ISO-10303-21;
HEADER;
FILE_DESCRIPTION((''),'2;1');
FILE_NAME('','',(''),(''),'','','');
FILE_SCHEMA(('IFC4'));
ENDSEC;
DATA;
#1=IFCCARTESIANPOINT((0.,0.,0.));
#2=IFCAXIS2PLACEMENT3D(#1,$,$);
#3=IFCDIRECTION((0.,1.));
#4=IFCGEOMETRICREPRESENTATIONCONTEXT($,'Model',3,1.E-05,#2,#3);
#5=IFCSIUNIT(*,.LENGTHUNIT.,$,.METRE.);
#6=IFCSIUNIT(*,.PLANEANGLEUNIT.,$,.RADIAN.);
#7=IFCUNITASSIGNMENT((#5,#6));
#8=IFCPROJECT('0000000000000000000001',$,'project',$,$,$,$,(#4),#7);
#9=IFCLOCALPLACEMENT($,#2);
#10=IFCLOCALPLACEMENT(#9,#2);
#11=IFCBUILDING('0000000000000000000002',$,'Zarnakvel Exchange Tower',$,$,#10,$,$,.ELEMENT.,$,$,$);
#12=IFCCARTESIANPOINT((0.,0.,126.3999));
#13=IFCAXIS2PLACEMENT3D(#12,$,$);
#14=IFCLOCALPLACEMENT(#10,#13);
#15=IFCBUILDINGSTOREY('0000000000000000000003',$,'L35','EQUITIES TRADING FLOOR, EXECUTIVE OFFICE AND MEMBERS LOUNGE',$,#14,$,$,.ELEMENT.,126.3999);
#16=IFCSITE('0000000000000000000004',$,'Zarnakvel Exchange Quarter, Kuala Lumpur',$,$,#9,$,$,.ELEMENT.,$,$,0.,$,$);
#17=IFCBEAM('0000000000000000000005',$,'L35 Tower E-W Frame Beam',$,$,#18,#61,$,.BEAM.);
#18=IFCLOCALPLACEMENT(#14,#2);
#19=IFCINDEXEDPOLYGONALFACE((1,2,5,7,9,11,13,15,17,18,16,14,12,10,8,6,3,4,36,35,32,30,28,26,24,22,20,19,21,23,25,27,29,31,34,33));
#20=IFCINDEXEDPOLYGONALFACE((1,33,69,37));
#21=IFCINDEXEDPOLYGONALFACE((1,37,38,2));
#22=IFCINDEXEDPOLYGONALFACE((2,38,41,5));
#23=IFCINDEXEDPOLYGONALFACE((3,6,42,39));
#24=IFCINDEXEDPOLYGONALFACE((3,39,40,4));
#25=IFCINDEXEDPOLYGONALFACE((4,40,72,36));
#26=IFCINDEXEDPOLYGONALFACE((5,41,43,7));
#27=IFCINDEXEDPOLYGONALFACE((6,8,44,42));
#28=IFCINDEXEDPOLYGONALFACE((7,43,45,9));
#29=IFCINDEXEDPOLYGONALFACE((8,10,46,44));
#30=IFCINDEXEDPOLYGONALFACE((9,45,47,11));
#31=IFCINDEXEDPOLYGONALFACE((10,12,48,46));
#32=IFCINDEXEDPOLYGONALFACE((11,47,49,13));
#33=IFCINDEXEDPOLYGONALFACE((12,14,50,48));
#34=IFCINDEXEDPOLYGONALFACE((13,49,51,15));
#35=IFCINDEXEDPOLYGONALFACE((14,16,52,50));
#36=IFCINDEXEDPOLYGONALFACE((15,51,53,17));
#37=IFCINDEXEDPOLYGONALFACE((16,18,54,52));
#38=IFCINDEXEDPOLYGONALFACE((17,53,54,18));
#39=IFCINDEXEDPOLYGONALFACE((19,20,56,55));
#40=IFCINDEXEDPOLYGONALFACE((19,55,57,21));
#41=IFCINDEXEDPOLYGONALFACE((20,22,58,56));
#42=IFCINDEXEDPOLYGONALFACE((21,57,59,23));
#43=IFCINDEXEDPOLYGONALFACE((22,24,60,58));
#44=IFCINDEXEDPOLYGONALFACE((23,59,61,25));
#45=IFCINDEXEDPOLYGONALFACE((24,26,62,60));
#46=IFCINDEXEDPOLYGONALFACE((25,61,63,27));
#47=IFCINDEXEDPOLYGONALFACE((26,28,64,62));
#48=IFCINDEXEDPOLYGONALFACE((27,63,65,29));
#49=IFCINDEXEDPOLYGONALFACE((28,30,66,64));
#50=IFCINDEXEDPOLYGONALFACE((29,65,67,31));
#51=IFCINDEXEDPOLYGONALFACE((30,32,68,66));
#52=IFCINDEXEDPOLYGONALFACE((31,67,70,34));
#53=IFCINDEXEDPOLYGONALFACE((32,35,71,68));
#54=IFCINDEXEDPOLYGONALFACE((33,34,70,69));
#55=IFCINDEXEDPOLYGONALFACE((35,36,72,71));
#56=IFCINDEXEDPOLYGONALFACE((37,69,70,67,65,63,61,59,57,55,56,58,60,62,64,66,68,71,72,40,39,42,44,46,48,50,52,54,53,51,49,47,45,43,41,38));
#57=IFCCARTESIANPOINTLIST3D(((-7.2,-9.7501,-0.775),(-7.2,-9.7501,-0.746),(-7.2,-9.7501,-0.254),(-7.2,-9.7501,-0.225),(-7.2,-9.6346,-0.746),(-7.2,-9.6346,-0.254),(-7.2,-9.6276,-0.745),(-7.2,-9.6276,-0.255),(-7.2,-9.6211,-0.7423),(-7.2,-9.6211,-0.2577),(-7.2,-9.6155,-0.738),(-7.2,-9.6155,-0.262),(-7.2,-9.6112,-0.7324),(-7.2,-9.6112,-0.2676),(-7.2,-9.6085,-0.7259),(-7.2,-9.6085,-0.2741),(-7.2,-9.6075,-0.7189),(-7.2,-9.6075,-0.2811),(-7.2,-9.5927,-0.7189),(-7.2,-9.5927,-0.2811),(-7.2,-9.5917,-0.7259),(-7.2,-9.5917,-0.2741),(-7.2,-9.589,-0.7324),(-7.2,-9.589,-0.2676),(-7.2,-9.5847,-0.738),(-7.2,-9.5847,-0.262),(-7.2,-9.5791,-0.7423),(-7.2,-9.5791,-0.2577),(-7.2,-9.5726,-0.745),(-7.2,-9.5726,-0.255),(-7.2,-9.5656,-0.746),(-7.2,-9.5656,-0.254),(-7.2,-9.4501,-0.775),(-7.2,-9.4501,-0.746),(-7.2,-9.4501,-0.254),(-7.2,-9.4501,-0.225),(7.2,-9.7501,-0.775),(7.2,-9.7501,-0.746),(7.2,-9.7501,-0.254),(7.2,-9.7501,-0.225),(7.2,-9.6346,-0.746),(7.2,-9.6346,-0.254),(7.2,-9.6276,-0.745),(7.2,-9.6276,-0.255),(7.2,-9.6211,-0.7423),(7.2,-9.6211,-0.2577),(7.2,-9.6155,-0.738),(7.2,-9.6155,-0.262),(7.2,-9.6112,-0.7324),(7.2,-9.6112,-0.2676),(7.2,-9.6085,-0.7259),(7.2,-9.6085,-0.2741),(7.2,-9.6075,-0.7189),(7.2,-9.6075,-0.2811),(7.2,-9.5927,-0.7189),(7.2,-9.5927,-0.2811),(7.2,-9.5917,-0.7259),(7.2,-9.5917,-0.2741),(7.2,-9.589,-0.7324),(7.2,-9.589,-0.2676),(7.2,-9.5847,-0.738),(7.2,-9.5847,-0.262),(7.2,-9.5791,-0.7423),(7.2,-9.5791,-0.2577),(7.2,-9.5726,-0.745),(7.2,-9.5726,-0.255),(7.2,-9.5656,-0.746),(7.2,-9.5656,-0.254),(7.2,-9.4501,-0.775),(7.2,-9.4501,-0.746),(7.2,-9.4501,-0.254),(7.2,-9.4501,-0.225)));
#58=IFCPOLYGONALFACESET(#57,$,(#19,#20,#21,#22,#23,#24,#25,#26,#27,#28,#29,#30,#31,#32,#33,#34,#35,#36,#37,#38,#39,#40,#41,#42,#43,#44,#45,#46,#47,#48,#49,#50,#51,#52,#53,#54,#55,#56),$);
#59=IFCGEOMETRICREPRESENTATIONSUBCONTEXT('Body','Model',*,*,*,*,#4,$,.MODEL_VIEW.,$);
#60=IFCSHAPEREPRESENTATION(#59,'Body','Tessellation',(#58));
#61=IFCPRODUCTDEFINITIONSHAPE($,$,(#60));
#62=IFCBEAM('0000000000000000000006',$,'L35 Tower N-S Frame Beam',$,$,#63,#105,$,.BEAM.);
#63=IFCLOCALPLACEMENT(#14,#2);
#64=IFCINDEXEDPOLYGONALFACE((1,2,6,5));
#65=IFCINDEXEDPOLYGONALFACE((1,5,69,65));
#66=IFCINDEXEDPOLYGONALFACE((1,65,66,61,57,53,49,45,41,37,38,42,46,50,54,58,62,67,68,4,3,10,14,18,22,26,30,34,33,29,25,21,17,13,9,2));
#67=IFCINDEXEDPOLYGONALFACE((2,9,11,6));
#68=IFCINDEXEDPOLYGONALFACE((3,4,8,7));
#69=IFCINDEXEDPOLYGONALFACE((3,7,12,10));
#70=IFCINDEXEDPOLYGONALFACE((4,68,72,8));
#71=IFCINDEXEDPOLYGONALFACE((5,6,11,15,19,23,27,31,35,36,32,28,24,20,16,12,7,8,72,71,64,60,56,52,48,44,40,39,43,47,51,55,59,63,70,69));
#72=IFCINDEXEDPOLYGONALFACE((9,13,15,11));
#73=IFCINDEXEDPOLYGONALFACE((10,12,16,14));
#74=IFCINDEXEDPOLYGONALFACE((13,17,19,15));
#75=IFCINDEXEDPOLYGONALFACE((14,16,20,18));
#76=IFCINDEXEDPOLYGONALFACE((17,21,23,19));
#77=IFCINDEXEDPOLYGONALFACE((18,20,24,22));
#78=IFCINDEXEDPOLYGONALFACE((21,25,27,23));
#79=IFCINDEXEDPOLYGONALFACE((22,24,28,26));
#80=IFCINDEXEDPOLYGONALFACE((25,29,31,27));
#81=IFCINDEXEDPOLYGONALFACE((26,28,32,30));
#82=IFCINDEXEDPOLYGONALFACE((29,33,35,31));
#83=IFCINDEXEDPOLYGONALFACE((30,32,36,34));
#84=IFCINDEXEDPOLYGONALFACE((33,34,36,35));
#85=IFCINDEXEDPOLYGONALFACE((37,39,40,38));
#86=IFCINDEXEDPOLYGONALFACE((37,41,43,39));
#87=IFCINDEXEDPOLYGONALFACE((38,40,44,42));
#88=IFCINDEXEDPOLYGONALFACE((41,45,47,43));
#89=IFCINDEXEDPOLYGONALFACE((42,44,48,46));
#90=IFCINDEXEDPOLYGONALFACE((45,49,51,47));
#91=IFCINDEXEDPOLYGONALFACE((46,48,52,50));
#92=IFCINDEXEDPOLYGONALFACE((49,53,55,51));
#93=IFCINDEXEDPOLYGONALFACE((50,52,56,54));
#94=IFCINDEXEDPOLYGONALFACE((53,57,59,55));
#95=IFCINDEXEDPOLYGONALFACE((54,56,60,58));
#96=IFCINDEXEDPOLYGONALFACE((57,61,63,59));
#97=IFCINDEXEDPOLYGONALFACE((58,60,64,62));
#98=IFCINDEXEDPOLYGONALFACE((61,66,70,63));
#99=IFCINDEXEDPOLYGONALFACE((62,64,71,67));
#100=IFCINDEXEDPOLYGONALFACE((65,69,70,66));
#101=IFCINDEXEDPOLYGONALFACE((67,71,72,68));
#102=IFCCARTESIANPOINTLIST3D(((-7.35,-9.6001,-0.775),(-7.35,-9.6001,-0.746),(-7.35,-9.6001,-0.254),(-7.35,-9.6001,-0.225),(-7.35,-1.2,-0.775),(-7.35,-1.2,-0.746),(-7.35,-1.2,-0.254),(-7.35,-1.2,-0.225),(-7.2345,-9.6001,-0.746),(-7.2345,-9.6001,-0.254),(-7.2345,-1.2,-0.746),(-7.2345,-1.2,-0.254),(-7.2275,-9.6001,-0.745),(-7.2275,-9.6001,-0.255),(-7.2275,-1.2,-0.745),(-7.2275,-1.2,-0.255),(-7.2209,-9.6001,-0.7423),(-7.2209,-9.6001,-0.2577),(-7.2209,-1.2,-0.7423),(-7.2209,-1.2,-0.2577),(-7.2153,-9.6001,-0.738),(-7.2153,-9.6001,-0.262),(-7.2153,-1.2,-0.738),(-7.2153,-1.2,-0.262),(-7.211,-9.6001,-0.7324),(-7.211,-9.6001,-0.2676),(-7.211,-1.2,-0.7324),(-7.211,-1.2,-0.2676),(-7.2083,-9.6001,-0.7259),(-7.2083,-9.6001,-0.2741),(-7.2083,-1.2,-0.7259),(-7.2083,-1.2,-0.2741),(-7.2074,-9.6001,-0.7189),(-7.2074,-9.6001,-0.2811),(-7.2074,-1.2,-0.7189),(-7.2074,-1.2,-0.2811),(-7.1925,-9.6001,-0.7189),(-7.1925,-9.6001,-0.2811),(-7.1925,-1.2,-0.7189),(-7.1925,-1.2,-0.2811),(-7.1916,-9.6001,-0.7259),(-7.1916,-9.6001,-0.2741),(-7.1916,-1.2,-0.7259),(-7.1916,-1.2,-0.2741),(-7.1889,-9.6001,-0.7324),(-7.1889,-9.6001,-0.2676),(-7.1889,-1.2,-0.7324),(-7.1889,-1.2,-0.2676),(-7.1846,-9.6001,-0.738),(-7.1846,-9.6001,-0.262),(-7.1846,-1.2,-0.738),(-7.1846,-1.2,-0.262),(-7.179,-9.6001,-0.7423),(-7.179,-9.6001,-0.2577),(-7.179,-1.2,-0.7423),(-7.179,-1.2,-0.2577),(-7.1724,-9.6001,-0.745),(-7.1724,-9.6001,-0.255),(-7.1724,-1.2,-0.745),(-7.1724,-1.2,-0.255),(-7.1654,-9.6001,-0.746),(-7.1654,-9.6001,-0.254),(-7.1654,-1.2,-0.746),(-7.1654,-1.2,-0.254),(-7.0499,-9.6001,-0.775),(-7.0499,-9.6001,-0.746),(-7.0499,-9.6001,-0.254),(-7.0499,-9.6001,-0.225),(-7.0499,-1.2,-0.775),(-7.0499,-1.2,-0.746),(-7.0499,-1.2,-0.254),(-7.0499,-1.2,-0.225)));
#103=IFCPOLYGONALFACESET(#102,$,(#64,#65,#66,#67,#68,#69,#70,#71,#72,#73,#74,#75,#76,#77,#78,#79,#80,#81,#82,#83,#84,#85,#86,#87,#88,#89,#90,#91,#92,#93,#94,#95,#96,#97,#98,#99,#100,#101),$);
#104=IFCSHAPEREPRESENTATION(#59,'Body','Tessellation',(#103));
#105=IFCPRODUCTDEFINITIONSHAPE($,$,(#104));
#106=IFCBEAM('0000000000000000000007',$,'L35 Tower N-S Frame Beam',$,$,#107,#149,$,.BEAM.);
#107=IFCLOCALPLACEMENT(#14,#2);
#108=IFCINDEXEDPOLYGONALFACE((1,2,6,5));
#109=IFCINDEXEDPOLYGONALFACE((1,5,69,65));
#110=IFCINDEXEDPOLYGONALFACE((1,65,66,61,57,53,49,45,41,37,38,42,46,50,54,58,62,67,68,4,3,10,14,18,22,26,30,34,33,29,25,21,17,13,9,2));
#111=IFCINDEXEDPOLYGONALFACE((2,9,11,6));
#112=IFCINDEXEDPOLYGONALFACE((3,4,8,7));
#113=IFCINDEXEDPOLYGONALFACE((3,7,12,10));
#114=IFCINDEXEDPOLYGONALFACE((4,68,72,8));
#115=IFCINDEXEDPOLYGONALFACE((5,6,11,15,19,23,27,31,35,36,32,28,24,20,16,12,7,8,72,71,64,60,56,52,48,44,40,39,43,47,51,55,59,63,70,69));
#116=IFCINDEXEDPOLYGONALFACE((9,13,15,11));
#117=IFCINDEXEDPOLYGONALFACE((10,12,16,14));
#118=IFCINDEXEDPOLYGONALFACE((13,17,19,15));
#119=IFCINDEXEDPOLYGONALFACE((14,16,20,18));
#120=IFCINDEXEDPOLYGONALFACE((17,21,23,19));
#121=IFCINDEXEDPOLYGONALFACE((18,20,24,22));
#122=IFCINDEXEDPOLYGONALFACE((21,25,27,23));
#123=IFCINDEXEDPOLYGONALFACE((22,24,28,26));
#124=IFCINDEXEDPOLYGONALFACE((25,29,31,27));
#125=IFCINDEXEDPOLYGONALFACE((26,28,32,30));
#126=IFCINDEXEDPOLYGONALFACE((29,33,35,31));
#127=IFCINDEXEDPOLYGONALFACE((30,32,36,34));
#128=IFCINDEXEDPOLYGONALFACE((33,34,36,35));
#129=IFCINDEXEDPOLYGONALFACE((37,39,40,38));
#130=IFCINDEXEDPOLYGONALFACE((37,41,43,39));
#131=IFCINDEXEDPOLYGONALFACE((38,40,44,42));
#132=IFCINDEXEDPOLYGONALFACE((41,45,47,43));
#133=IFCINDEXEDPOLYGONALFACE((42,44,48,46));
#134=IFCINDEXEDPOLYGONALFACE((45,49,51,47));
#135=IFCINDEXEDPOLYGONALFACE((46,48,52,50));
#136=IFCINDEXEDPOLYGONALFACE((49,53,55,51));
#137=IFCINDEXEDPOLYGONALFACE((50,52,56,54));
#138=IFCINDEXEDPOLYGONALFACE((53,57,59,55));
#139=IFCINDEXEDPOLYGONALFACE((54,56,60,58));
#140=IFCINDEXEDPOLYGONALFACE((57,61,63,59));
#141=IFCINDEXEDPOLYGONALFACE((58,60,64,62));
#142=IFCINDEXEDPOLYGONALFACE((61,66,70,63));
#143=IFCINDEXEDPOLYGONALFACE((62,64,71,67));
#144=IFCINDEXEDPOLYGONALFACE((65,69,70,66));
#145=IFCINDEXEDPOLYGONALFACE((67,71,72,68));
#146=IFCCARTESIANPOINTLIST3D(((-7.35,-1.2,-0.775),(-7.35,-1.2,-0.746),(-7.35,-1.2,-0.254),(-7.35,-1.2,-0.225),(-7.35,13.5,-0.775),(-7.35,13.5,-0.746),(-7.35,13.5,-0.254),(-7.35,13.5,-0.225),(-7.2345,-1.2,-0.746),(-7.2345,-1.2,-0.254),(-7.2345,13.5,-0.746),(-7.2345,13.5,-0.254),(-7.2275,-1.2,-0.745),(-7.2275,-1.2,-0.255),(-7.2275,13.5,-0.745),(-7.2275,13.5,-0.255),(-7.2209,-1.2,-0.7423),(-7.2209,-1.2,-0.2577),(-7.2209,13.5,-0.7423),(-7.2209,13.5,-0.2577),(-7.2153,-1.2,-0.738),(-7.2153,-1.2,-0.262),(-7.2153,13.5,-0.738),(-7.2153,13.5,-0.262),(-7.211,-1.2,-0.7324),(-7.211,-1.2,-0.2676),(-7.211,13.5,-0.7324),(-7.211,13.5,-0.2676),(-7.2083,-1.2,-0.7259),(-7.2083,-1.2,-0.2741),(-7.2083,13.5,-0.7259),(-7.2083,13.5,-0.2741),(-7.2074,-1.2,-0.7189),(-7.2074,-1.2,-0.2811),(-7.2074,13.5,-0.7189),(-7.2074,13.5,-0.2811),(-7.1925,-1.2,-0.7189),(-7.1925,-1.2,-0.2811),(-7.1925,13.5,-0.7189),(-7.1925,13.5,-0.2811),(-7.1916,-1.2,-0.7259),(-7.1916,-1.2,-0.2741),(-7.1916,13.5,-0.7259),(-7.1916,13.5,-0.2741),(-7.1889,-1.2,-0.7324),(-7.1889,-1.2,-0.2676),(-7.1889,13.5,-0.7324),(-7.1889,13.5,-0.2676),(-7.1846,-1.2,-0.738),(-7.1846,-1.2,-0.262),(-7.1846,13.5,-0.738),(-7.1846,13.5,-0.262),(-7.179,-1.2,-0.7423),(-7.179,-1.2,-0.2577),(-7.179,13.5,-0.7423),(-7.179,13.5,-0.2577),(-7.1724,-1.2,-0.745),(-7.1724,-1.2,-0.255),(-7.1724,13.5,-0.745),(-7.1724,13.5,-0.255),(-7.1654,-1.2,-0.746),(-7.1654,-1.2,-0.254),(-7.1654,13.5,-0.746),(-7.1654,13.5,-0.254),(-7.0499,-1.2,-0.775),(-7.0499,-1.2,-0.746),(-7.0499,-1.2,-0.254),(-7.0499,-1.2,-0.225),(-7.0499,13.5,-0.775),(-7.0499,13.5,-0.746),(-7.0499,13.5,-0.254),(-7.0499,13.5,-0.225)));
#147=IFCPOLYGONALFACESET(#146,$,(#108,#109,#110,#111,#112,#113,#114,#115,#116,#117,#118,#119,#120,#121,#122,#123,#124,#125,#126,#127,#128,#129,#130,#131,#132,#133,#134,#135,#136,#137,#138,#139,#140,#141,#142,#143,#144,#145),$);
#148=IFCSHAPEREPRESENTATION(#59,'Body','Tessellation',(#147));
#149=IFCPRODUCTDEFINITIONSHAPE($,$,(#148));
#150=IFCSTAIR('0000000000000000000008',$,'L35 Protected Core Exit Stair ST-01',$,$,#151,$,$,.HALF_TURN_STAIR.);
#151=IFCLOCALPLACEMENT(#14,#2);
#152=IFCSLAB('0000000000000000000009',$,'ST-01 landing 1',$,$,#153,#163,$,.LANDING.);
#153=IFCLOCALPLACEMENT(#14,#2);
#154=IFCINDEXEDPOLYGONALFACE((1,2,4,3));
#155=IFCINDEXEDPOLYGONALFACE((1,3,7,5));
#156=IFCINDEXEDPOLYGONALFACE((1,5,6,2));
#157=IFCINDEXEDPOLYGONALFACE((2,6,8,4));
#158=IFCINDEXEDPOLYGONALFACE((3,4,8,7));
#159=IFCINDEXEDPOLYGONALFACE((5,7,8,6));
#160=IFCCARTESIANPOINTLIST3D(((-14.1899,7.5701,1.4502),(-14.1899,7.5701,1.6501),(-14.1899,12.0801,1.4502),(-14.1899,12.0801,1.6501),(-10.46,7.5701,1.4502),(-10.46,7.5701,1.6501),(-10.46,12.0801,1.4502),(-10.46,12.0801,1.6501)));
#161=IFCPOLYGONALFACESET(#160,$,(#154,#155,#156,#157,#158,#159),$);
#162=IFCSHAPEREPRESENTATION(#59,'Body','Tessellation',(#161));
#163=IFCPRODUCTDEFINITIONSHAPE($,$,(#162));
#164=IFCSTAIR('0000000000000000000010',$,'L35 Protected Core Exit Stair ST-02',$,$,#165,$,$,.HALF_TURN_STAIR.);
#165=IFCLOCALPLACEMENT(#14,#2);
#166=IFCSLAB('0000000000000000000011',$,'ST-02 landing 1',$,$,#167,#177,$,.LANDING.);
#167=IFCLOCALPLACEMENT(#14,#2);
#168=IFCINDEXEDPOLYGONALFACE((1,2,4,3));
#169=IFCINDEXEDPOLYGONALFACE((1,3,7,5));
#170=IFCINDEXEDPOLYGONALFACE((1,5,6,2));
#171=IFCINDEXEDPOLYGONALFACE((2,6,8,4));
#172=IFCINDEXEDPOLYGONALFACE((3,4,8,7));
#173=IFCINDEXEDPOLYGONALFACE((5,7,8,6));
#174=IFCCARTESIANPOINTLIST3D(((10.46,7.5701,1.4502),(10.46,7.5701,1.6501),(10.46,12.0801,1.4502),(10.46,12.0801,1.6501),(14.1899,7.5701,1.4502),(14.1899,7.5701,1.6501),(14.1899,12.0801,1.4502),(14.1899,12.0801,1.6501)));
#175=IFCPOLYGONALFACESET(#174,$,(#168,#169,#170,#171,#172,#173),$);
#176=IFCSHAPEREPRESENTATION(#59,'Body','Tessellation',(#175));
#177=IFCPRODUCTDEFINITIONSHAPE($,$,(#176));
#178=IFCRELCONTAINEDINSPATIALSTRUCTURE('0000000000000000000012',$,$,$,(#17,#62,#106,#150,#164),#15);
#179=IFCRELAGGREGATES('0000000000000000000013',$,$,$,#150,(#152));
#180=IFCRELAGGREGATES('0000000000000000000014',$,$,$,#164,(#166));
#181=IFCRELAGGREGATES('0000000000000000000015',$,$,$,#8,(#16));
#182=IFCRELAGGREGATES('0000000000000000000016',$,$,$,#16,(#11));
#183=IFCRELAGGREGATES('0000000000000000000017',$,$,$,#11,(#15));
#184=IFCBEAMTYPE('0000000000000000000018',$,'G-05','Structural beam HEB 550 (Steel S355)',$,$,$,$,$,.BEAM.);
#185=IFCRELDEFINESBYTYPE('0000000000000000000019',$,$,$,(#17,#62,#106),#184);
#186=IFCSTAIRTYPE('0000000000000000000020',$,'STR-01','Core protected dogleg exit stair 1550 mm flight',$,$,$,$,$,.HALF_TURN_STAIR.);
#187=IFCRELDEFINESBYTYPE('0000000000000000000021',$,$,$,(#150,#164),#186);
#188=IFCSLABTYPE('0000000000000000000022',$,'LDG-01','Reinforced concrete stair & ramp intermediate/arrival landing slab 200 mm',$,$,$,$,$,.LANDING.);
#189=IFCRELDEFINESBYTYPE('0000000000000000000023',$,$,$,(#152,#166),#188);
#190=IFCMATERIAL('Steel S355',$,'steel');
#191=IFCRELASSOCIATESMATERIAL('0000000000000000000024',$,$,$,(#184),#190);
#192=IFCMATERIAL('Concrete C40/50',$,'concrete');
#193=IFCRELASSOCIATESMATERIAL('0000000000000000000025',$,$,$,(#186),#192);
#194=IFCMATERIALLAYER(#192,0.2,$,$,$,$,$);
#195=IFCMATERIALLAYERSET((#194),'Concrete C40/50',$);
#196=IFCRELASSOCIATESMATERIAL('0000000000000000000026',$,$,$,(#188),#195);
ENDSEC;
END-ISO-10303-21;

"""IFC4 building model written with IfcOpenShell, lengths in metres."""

from ifc_helpers import new_model, si_unit, direction, frame, origin, origin_2d, place, context, subcontext, project, spatial, polyline, i_section, outline, extrude, material, layer, layer_set, material_profile, profile_set, type_object, element, aggregate, save


model = new_model("IFC4")

# Units and contexts
model_context = context("Model", 3, precision=1e-05, world=origin(), true_north=direction((0.0, 1.0)))
body_context = subcontext(model_context, "Body", "Model", "MODEL_VIEW")
ifc_project = project(units=[si_unit("LENGTHUNIT", "METRE"), si_unit("PLANEANGLEUNIT", "RADIAN")], contexts=[model_context])

# Site, building, storey
site_placement = place(None, origin())
site = spatial("IfcSite", under=ifc_project, at=site_placement, Name="Zarnakvel Exchange Quarter, Kuala Lumpur", CompositionType="ELEMENT", RefElevation=0.0)
building_placement = place(site_placement, origin())
building = spatial("IfcBuilding", under=site, at=building_placement, Name="Zarnakvel Exchange Tower", CompositionType="ELEMENT")
storey_placement = place(building_placement, frame((0.0, 0.0, 126.3999)))
storey = spatial("IfcBuildingStorey", under=building, at=storey_placement, Name="L35", Description="EQUITIES TRADING FLOOR, EXECUTIVE OFFICE AND MEMBERS LOUNGE", CompositionType="ELEMENT", Elevation=126.3999)

# Beams
ifc_material_1 = material(Name="Steel S355", Category="steel")
ifc_material_profile_1 = material_profile(ifc_material_1, i_section(OverallWidth=0.3, OverallDepth=0.55, WebThickness=0.0149, FlangeThickness=0.0291, FilletRadius=0.0271, at=origin_2d()))
ifc_profile_set_1 = profile_set([ifc_material_profile_1], Name="Steel S355")
beam_type_1 = type_object("IfcBeamType", Name="G-05", Description="Structural beam HEB 550 (Steel S355)", PredefinedType="BEAM", material=ifc_profile_set_1)
beam_1_placement = place(storey_placement, frame((-7.2, -9.6001, -0.5), z_axis=(1.0, 0.0, 0.0), x_axis=(0.0, 1.0, 0.0)))
element("IfcBeam", 1, at=beam_1_placement, inside=storey, type_object=beam_type_1, Name="L35 Tower E-W Frame Beam", PredefinedType="BEAM", context=body_context, shape_type="SweptSolid", body=[
    extrude(i_section(OverallWidth=0.3, OverallDepth=0.55, WebThickness=0.0149, FlangeThickness=0.0291, FilletRadius=0.0271, at=origin_2d()), origin(), (0.0, 0.0, 1.0), 14.3999),
])
beam_2_placement = place(storey_placement, frame((-7.2, -9.6001, -0.5), z_axis=(0.0, 1.0, 0.0), x_axis=(-1.0, 0.0, 0.0)))
element("IfcBeam", 2, at=beam_2_placement, inside=storey, type_object=beam_type_1, Name="L35 Tower N-S Frame Beam", PredefinedType="BEAM", context=body_context, shape_type="SweptSolid", body=[
    extrude(i_section(OverallWidth=0.3, OverallDepth=0.55, WebThickness=0.0149, FlangeThickness=0.0291, FilletRadius=0.0271, at=origin_2d()), origin(), (0.0, 0.0, 1.0), 8.4001),
])
beam_3_placement = place(storey_placement, frame((-7.2, -1.2, -0.5), z_axis=(0.0, 1.0, 0.0), x_axis=(-1.0, 0.0, 0.0)))
element("IfcBeam", 3, at=beam_3_placement, inside=storey, type_object=beam_type_1, Name="L35 Tower N-S Frame Beam", PredefinedType="BEAM", context=body_context, shape_type="SweptSolid", body=[
    extrude(i_section(OverallWidth=0.3, OverallDepth=0.55, WebThickness=0.0149, FlangeThickness=0.0291, FilletRadius=0.0271, at=origin_2d()), origin(), (0.0, 0.0, 1.0), 14.7),
])

# Stairs, slabs
ifc_material_2 = material(Name="Concrete C40/50", Category="concrete")
stair_type = type_object("IfcStairType", Name="STR-01", Description="Core protected dogleg exit stair 1550 mm flight", PredefinedType="HALF_TURN_STAIR", material=ifc_material_2)
stair_1_placement = place(storey_placement, origin())
stair_1 = element("IfcStair", 4, at=stair_1_placement, inside=storey, type_object=stair_type, Name="L35 Protected Core Exit Stair ST-01", PredefinedType="HALF_TURN_STAIR")
ifc_layer_1 = layer(ifc_material_2, 0.2)
ifc_layer_set_1 = layer_set([ifc_layer_1], Name="Concrete C40/50")
slab_type_1 = type_object("IfcSlabType", Name="LDG-01", Description="Reinforced concrete stair & ramp intermediate/arrival landing slab 200 mm", PredefinedType="LANDING", material=ifc_layer_set_1)
slab_1_placement = place(storey_placement, frame((0.0, 0.0, 1.4502)))
slab_1 = element("IfcSlab", 5, at=slab_1_placement, type_object=slab_type_1, Name="ST-01 landing 1", PredefinedType="LANDING", context=body_context, shape_type="SweptSolid", body=[
    extrude(outline(polyline([(-14.1899, 7.5701), (-10.46, 7.5701), (-10.46, 12.0801), (-14.1899, 12.0801), (-14.1899, 7.5701)])), origin(), (0.0, 0.0, 1.0), 0.2),
])
aggregate(stair_1, [slab_1])
stair_2_placement = place(storey_placement, origin())
stair_2 = element("IfcStair", 6, at=stair_2_placement, inside=storey, type_object=stair_type, Name="L35 Protected Core Exit Stair ST-02", PredefinedType="HALF_TURN_STAIR")
slab_2_placement = place(storey_placement, frame((0.0, 0.0, 1.4502)))
slab_2 = element("IfcSlab", 7, at=slab_2_placement, type_object=slab_type_1, Name="ST-02 landing 1", PredefinedType="LANDING", context=body_context, shape_type="SweptSolid", body=[
    extrude(outline(polyline([(10.46, 7.5701), (14.1899, 7.5701), (14.1899, 12.0801), (10.46, 12.0801), (10.46, 7.5701)])), origin(), (0.0, 0.0, 1.0), 0.2),
])
aggregate(stair_2, [slab_2])

save(model, "model.ifc")
